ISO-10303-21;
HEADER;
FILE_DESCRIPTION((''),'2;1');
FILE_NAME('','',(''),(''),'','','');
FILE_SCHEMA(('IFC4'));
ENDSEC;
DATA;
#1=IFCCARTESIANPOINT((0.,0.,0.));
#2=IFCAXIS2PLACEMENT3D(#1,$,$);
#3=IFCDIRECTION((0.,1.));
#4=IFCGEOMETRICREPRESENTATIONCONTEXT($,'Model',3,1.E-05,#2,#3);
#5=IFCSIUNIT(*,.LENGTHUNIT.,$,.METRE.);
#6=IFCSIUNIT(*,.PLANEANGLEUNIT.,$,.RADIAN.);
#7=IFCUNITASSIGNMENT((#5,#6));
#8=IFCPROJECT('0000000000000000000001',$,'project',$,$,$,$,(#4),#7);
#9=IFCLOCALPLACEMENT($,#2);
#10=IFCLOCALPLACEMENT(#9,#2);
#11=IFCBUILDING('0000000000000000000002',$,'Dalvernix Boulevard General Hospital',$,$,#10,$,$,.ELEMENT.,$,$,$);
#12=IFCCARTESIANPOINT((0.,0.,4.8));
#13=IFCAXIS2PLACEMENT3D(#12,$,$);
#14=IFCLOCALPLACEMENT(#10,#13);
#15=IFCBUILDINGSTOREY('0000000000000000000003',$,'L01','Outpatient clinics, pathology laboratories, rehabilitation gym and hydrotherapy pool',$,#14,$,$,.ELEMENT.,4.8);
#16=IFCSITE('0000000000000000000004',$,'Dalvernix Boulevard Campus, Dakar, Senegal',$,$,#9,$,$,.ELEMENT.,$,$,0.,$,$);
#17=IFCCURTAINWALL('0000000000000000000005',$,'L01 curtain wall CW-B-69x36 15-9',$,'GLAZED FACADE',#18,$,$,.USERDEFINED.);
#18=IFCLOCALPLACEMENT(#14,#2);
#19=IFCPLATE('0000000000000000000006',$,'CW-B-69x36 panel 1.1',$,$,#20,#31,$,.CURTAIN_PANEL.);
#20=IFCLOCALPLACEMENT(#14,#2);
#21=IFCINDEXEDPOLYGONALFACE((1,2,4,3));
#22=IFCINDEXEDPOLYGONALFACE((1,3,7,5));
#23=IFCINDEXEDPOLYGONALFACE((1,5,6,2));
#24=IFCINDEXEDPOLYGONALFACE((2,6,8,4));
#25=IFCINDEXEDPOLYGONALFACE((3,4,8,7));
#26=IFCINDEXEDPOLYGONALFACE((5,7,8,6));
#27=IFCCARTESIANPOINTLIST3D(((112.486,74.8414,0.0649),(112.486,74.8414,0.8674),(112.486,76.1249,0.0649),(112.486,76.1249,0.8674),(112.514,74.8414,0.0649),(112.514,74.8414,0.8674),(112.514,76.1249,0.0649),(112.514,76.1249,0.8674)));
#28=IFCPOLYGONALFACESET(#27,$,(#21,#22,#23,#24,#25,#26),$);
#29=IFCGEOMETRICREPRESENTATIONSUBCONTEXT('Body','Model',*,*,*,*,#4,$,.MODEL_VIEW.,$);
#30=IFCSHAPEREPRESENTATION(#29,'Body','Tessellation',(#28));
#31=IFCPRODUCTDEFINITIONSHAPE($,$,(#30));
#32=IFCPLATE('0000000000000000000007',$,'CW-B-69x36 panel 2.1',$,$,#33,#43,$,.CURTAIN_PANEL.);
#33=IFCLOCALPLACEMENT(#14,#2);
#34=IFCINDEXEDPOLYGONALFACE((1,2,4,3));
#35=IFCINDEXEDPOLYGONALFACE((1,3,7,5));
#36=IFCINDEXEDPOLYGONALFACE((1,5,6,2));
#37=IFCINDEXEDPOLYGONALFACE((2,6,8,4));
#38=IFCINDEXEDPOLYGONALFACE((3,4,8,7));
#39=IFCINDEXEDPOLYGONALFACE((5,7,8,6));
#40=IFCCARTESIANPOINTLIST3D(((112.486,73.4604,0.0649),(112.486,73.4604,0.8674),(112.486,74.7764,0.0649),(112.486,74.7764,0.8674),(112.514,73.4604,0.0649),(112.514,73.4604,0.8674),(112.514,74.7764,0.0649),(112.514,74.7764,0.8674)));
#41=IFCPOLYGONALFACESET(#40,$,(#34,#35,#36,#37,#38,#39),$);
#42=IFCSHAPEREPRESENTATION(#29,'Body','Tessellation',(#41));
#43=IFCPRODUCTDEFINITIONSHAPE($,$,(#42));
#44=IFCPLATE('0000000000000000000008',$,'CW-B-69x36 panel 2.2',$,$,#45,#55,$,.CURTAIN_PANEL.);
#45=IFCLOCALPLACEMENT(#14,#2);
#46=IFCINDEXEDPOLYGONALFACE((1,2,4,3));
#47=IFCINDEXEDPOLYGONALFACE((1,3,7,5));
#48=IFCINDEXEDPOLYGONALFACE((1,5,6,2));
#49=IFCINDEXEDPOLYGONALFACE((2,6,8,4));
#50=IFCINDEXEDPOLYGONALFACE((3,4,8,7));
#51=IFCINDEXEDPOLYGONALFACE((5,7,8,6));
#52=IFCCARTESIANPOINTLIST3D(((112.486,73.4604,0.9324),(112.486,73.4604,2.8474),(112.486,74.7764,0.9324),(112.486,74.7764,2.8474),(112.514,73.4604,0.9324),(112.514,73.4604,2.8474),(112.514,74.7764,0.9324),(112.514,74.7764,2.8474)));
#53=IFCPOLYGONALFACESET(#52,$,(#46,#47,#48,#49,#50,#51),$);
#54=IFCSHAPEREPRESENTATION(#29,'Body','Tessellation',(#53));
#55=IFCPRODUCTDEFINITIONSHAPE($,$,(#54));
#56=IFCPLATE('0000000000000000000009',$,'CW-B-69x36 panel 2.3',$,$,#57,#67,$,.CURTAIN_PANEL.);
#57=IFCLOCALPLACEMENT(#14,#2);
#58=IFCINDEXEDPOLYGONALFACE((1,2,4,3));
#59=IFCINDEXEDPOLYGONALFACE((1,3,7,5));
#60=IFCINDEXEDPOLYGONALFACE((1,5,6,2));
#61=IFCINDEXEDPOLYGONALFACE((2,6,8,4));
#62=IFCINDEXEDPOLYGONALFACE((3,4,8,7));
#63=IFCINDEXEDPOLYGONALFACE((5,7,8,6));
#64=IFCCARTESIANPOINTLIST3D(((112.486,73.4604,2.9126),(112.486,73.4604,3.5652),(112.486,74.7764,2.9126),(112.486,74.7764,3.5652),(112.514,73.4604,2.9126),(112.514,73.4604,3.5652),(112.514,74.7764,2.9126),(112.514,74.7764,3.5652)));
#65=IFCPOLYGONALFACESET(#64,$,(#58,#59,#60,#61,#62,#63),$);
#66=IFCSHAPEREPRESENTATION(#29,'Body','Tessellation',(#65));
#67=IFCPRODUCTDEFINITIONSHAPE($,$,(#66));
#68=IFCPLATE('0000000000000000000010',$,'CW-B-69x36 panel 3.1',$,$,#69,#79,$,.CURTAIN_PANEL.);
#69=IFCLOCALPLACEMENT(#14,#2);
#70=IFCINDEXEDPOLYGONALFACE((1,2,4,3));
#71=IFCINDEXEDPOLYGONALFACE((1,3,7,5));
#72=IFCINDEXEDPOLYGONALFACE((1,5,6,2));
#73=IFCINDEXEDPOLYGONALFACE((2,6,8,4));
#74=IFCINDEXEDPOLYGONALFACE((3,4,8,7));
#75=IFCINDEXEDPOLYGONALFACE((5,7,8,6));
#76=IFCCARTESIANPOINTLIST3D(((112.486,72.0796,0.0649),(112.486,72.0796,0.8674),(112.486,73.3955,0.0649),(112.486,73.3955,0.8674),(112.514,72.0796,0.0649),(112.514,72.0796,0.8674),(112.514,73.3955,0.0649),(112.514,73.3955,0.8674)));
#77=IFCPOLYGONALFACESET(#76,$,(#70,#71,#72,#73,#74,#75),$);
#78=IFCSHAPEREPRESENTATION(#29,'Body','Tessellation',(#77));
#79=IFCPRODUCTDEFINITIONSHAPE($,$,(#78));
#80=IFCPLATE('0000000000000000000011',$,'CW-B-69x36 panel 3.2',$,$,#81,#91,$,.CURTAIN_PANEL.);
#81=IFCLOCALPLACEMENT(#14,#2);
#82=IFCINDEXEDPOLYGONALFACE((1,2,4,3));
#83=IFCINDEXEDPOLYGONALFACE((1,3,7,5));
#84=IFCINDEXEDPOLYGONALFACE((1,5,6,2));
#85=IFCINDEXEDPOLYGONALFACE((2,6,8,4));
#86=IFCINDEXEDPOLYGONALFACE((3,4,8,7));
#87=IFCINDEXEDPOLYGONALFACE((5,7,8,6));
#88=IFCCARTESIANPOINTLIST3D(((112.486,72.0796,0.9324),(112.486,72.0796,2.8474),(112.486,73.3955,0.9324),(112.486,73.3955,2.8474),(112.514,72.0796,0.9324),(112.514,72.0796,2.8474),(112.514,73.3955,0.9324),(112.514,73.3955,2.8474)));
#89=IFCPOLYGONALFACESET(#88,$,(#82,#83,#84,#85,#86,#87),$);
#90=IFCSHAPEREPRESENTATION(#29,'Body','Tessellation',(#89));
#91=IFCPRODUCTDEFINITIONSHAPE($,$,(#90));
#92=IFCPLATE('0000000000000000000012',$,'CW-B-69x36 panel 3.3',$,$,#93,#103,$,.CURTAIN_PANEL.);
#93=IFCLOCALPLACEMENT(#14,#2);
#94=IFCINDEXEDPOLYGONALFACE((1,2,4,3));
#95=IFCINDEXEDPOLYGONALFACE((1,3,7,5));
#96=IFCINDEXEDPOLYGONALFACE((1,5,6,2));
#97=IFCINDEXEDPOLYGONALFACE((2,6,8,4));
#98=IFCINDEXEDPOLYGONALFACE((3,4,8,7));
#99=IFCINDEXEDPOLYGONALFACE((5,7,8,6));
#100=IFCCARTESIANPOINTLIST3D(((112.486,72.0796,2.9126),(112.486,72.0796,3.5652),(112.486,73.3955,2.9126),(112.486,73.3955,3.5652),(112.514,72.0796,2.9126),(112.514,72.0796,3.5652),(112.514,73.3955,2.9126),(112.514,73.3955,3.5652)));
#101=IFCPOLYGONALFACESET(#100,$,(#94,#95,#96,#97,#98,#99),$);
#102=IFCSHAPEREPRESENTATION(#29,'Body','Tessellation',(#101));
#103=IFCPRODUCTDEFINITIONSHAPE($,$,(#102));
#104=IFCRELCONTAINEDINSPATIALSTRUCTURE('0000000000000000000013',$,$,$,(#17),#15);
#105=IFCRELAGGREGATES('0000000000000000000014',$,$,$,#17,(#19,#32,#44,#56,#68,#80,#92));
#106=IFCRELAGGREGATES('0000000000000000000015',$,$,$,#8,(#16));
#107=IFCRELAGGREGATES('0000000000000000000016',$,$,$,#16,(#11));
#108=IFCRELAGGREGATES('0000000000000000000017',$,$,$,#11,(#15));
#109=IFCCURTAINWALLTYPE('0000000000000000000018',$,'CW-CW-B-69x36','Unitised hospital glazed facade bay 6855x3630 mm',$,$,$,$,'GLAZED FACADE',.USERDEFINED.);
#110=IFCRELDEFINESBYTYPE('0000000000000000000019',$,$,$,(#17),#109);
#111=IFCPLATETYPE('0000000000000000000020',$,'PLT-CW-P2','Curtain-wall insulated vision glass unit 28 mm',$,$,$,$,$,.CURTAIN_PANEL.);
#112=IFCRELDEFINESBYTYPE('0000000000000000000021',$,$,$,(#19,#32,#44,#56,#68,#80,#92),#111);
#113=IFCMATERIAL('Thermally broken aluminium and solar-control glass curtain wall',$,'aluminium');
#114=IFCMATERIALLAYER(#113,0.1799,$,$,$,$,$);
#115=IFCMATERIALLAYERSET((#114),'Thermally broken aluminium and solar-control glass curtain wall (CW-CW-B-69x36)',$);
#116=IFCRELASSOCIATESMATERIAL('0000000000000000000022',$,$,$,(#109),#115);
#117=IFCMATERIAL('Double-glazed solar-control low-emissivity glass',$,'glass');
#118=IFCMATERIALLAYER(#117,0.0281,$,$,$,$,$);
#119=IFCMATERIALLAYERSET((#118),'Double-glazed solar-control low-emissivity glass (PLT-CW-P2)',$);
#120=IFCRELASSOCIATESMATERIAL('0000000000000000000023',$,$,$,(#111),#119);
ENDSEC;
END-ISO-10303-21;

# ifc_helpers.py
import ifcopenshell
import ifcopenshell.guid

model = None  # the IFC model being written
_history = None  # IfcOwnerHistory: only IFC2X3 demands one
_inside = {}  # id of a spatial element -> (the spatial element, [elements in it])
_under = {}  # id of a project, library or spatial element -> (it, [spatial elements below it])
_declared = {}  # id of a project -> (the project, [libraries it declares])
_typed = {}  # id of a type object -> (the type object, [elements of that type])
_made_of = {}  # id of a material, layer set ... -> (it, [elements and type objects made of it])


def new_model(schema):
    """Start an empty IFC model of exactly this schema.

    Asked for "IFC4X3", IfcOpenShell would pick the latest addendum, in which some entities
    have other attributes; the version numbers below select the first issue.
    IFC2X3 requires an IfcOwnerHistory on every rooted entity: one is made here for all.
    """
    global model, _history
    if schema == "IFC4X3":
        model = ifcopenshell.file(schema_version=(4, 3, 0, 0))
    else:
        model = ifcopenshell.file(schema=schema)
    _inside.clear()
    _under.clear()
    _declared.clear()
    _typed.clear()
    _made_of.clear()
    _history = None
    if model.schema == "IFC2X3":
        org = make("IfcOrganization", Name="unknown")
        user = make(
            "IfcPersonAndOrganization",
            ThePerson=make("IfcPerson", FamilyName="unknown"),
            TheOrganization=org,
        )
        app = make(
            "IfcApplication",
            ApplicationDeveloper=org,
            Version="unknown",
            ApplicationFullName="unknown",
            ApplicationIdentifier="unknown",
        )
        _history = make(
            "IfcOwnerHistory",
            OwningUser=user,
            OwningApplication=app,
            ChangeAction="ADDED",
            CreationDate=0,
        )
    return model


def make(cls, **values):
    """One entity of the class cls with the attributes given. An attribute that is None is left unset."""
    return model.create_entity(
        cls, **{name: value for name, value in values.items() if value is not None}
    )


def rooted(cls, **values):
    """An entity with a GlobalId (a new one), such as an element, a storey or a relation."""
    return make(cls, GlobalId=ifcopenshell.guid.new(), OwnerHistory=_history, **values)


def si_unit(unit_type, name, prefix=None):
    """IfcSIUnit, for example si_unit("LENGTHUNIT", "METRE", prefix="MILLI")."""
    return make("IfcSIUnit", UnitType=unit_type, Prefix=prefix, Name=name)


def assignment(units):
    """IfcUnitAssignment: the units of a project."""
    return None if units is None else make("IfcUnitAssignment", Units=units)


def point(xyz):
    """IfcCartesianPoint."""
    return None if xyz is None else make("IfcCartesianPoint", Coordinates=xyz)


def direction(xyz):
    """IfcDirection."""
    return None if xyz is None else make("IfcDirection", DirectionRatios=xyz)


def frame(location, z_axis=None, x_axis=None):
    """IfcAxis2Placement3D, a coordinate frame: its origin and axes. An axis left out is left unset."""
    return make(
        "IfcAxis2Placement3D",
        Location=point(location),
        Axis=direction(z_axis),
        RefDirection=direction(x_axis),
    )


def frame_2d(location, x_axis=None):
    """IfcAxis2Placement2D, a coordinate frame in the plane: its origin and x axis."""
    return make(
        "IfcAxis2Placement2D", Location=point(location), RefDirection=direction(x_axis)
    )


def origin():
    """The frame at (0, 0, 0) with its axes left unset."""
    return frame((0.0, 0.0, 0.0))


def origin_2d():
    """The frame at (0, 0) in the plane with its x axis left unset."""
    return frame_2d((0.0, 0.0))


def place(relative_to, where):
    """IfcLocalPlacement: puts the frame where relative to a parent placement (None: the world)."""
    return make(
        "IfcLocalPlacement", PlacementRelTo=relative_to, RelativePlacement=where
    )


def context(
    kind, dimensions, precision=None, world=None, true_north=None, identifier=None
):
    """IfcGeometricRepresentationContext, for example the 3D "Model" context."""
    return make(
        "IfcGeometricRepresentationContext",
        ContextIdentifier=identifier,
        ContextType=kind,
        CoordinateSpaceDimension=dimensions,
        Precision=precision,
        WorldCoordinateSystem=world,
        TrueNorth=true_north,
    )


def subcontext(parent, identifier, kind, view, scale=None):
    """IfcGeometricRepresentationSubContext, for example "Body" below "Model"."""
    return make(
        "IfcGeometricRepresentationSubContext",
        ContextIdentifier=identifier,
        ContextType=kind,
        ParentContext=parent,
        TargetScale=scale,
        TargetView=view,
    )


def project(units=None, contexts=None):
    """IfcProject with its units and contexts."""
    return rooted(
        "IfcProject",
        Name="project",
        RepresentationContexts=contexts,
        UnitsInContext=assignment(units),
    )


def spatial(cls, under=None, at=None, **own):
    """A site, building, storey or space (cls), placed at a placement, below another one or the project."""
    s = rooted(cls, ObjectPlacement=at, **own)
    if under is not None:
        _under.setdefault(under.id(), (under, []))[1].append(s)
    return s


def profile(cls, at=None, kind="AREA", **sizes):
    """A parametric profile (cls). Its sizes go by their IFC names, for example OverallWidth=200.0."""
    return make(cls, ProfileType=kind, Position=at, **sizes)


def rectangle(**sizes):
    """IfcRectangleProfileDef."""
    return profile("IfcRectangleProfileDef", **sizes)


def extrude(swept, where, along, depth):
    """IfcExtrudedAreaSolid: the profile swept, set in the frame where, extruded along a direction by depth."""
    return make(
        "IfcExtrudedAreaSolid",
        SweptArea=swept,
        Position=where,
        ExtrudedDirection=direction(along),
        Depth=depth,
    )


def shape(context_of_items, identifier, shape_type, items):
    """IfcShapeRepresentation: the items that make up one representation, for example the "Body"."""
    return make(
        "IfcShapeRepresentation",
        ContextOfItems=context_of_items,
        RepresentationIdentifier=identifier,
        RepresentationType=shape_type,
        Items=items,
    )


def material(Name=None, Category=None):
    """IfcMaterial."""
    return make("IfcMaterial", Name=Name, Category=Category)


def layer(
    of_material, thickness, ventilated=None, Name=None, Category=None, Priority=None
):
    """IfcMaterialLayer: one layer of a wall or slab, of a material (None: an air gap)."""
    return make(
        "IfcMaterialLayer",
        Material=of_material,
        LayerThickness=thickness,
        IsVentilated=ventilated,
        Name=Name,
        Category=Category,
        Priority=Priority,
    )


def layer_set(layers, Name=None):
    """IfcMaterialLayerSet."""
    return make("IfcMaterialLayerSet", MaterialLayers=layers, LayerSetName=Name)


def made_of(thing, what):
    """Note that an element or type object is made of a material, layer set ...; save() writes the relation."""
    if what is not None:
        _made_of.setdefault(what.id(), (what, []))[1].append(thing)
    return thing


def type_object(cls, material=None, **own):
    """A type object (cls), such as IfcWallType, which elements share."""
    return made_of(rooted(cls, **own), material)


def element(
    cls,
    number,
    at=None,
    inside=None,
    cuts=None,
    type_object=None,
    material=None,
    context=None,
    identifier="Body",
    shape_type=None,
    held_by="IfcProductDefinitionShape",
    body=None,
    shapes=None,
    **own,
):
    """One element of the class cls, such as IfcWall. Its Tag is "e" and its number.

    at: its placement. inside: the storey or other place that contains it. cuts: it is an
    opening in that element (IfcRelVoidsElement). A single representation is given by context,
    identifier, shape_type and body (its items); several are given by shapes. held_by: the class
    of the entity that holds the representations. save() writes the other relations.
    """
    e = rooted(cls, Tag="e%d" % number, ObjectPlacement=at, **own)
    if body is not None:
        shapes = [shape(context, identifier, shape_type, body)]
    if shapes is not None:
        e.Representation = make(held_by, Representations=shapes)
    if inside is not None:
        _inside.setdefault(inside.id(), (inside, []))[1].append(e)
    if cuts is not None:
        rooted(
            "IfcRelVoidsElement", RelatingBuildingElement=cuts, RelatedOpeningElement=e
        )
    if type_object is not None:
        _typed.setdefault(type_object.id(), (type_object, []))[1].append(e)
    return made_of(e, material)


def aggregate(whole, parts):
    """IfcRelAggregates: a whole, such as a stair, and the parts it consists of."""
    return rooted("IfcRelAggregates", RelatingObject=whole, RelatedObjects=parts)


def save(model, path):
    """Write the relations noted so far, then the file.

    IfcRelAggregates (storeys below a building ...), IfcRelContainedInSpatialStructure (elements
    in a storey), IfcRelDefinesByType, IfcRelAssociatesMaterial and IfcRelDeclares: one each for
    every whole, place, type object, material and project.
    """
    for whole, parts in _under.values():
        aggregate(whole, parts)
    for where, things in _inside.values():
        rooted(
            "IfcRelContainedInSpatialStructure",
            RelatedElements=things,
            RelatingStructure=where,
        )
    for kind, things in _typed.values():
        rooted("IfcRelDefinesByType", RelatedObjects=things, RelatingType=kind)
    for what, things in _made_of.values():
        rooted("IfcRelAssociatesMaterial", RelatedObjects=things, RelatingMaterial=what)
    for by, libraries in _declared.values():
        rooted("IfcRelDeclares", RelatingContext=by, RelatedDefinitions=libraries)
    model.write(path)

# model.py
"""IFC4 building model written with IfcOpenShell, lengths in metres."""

from ifc_helpers import new_model, si_unit, direction, frame, origin, origin_2d, place, context, subcontext, project, spatial, rectangle, extrude, material, layer, layer_set, type_object, element, aggregate, save


model = new_model("IFC4")

# Units and contexts
model_context = context("Model", 3, precision=1e-05, world=origin(), true_north=direction((0.0, 1.0)))
body_context = subcontext(model_context, "Body", "Model", "MODEL_VIEW")
ifc_project = project(units=[si_unit("LENGTHUNIT", "METRE"), si_unit("PLANEANGLEUNIT", "RADIAN")], contexts=[model_context])

# Site, building, storey
site_placement = place(None, origin())
site = spatial("IfcSite", under=ifc_project, at=site_placement, Name="Dalvernix Boulevard Campus, Dakar, Senegal", CompositionType="ELEMENT", RefElevation=0.0)
building_placement = place(site_placement, origin())
building = spatial("IfcBuilding", under=site, at=building_placement, Name="Dalvernix Boulevard General Hospital", CompositionType="ELEMENT")
storey_placement = place(building_placement, frame((0.0, 0.0, 4.8)))
storey = spatial("IfcBuildingStorey", under=building, at=storey_placement, Name="L01", Description="Outpatient clinics, pathology laboratories, rehabilitation gym and hydrotherapy pool", CompositionType="ELEMENT", Elevation=4.8)

# Curtain wall, plates
ifc_material_1 = material(Name="Thermally broken aluminium and solar-control glass curtain wall", Category="aluminium")
ifc_layer_1 = layer(ifc_material_1, 0.1799)
ifc_layer_set_1 = layer_set([ifc_layer_1], Name="Thermally broken aluminium and solar-control glass curtain wall (CW-CW-B-69x36)")
curtain_wall_type = type_object("IfcCurtainWallType", Name="CW-CW-B-69x36", Description="Unitised hospital glazed facade bay 6855x3630 mm", ElementType="GLAZED FACADE", PredefinedType="USERDEFINED", material=ifc_layer_set_1)
curtain_wall_placement = place(storey_placement, origin())
curtain_wall = element("IfcCurtainWall", 1, at=curtain_wall_placement, inside=storey, type_object=curtain_wall_type, Name="L01 curtain wall CW-B-69x36 15-9", ObjectType="GLAZED FACADE", PredefinedType="USERDEFINED")
ifc_material_2 = material(Name="Double-glazed solar-control low-emissivity glass", Category="glass")
ifc_layer_2 = layer(ifc_material_2, 0.0281)
ifc_layer_set_2 = layer_set([ifc_layer_2], Name="Double-glazed solar-control low-emissivity glass (PLT-CW-P2)")
plate_type = type_object("IfcPlateType", Name="PLT-CW-P2", Description="Curtain-wall insulated vision glass unit 28 mm", PredefinedType="CURTAIN_PANEL", material=ifc_layer_set_2)
plate_1_placement = place(storey_placement, frame((112.5, 75.4832, 0.0649), z_axis=(0.0, 0.0, 1.0), x_axis=(0.0, -1.0, 0.0)))
plate_1 = element("IfcPlate", 2, at=plate_1_placement, type_object=plate_type, Name="CW-B-69x36 panel 1.1", PredefinedType="CURTAIN_PANEL", context=body_context, shape_type="SweptSolid", body=[
    extrude(rectangle(XDim=1.2834, YDim=0.0281, at=origin_2d()), origin(), (0.0, 0.0, 1.0), 0.8025),
])
plate_2_placement = place(storey_placement, frame((112.5, 74.1184, 0.0649), z_axis=(0.0, 0.0, 1.0), x_axis=(0.0, -1.0, 0.0)))
plate_2 = element("IfcPlate", 3, at=plate_2_placement, type_object=plate_type, Name="CW-B-69x36 panel 2.1", PredefinedType="CURTAIN_PANEL", context=body_context, shape_type="SweptSolid", body=[
    extrude(rectangle(XDim=1.3159, YDim=0.0281, at=origin_2d()), origin(), (0.0, 0.0, 1.0), 0.8025),
])
plate_3_placement = place(storey_placement, frame((112.5, 74.1184, 0.9324), z_axis=(0.0, 0.0, 1.0), x_axis=(0.0, -1.0, 0.0)))
plate_3 = element("IfcPlate", 4, at=plate_3_placement, type_object=plate_type, Name="CW-B-69x36 panel 2.2", PredefinedType="CURTAIN_PANEL", context=body_context, shape_type="SweptSolid", body=[
    extrude(rectangle(XDim=1.3159, YDim=0.0281, at=origin_2d()), origin(), (0.0, 0.0, 1.0), 1.915),
])
plate_4_placement = place(storey_placement, frame((112.5, 74.1184, 2.9126), z_axis=(0.0, 0.0, 1.0), x_axis=(0.0, -1.0, 0.0)))
plate_4 = element("IfcPlate", 5, at=plate_4_placement, type_object=plate_type, Name="CW-B-69x36 panel 2.3", PredefinedType="CURTAIN_PANEL", context=body_context, shape_type="SweptSolid", body=[
    extrude(rectangle(XDim=1.3159, YDim=0.0281, at=origin_2d()), origin(), (0.0, 0.0, 1.0), 0.6526),
])
plate_5_placement = place(storey_placement, frame((112.5, 72.7375, 0.0649), z_axis=(0.0, 0.0, 1.0), x_axis=(0.0, -1.0, 0.0)))
plate_5 = element("IfcPlate", 6, at=plate_5_placement, type_object=plate_type, Name="CW-B-69x36 panel 3.1", PredefinedType="CURTAIN_PANEL", context=body_context, shape_type="SweptSolid", body=[
    extrude(rectangle(XDim=1.3159, YDim=0.0281, at=origin_2d()), origin(), (0.0, 0.0, 1.0), 0.8025),
])
plate_6_placement = place(storey_placement, frame((112.5, 72.7375, 0.9324), z_axis=(0.0, 0.0, 1.0), x_axis=(0.0, -1.0, 0.0)))
plate_6 = element("IfcPlate", 7, at=plate_6_placement, type_object=plate_type, Name="CW-B-69x36 panel 3.2", PredefinedType="CURTAIN_PANEL", context=body_context, shape_type="SweptSolid", body=[
    extrude(rectangle(XDim=1.3159, YDim=0.0281, at=origin_2d()), origin(), (0.0, 0.0, 1.0), 1.915),
])
plate_7_placement = place(storey_placement, frame((112.5, 72.7375, 2.9126), z_axis=(0.0, 0.0, 1.0), x_axis=(0.0, -1.0, 0.0)))
plate_7 = element("IfcPlate", 8, at=plate_7_placement, type_object=plate_type, Name="CW-B-69x36 panel 3.3", PredefinedType="CURTAIN_PANEL", context=body_context, shape_type="SweptSolid", body=[
    extrude(rectangle(XDim=1.3159, YDim=0.0281, at=origin_2d()), origin(), (0.0, 0.0, 1.0), 0.6526),
])
aggregate(curtain_wall, [plate_1, plate_2, plate_3, plate_4, plate_5, plate_6, plate_7])

save(model, "model.ifc")
